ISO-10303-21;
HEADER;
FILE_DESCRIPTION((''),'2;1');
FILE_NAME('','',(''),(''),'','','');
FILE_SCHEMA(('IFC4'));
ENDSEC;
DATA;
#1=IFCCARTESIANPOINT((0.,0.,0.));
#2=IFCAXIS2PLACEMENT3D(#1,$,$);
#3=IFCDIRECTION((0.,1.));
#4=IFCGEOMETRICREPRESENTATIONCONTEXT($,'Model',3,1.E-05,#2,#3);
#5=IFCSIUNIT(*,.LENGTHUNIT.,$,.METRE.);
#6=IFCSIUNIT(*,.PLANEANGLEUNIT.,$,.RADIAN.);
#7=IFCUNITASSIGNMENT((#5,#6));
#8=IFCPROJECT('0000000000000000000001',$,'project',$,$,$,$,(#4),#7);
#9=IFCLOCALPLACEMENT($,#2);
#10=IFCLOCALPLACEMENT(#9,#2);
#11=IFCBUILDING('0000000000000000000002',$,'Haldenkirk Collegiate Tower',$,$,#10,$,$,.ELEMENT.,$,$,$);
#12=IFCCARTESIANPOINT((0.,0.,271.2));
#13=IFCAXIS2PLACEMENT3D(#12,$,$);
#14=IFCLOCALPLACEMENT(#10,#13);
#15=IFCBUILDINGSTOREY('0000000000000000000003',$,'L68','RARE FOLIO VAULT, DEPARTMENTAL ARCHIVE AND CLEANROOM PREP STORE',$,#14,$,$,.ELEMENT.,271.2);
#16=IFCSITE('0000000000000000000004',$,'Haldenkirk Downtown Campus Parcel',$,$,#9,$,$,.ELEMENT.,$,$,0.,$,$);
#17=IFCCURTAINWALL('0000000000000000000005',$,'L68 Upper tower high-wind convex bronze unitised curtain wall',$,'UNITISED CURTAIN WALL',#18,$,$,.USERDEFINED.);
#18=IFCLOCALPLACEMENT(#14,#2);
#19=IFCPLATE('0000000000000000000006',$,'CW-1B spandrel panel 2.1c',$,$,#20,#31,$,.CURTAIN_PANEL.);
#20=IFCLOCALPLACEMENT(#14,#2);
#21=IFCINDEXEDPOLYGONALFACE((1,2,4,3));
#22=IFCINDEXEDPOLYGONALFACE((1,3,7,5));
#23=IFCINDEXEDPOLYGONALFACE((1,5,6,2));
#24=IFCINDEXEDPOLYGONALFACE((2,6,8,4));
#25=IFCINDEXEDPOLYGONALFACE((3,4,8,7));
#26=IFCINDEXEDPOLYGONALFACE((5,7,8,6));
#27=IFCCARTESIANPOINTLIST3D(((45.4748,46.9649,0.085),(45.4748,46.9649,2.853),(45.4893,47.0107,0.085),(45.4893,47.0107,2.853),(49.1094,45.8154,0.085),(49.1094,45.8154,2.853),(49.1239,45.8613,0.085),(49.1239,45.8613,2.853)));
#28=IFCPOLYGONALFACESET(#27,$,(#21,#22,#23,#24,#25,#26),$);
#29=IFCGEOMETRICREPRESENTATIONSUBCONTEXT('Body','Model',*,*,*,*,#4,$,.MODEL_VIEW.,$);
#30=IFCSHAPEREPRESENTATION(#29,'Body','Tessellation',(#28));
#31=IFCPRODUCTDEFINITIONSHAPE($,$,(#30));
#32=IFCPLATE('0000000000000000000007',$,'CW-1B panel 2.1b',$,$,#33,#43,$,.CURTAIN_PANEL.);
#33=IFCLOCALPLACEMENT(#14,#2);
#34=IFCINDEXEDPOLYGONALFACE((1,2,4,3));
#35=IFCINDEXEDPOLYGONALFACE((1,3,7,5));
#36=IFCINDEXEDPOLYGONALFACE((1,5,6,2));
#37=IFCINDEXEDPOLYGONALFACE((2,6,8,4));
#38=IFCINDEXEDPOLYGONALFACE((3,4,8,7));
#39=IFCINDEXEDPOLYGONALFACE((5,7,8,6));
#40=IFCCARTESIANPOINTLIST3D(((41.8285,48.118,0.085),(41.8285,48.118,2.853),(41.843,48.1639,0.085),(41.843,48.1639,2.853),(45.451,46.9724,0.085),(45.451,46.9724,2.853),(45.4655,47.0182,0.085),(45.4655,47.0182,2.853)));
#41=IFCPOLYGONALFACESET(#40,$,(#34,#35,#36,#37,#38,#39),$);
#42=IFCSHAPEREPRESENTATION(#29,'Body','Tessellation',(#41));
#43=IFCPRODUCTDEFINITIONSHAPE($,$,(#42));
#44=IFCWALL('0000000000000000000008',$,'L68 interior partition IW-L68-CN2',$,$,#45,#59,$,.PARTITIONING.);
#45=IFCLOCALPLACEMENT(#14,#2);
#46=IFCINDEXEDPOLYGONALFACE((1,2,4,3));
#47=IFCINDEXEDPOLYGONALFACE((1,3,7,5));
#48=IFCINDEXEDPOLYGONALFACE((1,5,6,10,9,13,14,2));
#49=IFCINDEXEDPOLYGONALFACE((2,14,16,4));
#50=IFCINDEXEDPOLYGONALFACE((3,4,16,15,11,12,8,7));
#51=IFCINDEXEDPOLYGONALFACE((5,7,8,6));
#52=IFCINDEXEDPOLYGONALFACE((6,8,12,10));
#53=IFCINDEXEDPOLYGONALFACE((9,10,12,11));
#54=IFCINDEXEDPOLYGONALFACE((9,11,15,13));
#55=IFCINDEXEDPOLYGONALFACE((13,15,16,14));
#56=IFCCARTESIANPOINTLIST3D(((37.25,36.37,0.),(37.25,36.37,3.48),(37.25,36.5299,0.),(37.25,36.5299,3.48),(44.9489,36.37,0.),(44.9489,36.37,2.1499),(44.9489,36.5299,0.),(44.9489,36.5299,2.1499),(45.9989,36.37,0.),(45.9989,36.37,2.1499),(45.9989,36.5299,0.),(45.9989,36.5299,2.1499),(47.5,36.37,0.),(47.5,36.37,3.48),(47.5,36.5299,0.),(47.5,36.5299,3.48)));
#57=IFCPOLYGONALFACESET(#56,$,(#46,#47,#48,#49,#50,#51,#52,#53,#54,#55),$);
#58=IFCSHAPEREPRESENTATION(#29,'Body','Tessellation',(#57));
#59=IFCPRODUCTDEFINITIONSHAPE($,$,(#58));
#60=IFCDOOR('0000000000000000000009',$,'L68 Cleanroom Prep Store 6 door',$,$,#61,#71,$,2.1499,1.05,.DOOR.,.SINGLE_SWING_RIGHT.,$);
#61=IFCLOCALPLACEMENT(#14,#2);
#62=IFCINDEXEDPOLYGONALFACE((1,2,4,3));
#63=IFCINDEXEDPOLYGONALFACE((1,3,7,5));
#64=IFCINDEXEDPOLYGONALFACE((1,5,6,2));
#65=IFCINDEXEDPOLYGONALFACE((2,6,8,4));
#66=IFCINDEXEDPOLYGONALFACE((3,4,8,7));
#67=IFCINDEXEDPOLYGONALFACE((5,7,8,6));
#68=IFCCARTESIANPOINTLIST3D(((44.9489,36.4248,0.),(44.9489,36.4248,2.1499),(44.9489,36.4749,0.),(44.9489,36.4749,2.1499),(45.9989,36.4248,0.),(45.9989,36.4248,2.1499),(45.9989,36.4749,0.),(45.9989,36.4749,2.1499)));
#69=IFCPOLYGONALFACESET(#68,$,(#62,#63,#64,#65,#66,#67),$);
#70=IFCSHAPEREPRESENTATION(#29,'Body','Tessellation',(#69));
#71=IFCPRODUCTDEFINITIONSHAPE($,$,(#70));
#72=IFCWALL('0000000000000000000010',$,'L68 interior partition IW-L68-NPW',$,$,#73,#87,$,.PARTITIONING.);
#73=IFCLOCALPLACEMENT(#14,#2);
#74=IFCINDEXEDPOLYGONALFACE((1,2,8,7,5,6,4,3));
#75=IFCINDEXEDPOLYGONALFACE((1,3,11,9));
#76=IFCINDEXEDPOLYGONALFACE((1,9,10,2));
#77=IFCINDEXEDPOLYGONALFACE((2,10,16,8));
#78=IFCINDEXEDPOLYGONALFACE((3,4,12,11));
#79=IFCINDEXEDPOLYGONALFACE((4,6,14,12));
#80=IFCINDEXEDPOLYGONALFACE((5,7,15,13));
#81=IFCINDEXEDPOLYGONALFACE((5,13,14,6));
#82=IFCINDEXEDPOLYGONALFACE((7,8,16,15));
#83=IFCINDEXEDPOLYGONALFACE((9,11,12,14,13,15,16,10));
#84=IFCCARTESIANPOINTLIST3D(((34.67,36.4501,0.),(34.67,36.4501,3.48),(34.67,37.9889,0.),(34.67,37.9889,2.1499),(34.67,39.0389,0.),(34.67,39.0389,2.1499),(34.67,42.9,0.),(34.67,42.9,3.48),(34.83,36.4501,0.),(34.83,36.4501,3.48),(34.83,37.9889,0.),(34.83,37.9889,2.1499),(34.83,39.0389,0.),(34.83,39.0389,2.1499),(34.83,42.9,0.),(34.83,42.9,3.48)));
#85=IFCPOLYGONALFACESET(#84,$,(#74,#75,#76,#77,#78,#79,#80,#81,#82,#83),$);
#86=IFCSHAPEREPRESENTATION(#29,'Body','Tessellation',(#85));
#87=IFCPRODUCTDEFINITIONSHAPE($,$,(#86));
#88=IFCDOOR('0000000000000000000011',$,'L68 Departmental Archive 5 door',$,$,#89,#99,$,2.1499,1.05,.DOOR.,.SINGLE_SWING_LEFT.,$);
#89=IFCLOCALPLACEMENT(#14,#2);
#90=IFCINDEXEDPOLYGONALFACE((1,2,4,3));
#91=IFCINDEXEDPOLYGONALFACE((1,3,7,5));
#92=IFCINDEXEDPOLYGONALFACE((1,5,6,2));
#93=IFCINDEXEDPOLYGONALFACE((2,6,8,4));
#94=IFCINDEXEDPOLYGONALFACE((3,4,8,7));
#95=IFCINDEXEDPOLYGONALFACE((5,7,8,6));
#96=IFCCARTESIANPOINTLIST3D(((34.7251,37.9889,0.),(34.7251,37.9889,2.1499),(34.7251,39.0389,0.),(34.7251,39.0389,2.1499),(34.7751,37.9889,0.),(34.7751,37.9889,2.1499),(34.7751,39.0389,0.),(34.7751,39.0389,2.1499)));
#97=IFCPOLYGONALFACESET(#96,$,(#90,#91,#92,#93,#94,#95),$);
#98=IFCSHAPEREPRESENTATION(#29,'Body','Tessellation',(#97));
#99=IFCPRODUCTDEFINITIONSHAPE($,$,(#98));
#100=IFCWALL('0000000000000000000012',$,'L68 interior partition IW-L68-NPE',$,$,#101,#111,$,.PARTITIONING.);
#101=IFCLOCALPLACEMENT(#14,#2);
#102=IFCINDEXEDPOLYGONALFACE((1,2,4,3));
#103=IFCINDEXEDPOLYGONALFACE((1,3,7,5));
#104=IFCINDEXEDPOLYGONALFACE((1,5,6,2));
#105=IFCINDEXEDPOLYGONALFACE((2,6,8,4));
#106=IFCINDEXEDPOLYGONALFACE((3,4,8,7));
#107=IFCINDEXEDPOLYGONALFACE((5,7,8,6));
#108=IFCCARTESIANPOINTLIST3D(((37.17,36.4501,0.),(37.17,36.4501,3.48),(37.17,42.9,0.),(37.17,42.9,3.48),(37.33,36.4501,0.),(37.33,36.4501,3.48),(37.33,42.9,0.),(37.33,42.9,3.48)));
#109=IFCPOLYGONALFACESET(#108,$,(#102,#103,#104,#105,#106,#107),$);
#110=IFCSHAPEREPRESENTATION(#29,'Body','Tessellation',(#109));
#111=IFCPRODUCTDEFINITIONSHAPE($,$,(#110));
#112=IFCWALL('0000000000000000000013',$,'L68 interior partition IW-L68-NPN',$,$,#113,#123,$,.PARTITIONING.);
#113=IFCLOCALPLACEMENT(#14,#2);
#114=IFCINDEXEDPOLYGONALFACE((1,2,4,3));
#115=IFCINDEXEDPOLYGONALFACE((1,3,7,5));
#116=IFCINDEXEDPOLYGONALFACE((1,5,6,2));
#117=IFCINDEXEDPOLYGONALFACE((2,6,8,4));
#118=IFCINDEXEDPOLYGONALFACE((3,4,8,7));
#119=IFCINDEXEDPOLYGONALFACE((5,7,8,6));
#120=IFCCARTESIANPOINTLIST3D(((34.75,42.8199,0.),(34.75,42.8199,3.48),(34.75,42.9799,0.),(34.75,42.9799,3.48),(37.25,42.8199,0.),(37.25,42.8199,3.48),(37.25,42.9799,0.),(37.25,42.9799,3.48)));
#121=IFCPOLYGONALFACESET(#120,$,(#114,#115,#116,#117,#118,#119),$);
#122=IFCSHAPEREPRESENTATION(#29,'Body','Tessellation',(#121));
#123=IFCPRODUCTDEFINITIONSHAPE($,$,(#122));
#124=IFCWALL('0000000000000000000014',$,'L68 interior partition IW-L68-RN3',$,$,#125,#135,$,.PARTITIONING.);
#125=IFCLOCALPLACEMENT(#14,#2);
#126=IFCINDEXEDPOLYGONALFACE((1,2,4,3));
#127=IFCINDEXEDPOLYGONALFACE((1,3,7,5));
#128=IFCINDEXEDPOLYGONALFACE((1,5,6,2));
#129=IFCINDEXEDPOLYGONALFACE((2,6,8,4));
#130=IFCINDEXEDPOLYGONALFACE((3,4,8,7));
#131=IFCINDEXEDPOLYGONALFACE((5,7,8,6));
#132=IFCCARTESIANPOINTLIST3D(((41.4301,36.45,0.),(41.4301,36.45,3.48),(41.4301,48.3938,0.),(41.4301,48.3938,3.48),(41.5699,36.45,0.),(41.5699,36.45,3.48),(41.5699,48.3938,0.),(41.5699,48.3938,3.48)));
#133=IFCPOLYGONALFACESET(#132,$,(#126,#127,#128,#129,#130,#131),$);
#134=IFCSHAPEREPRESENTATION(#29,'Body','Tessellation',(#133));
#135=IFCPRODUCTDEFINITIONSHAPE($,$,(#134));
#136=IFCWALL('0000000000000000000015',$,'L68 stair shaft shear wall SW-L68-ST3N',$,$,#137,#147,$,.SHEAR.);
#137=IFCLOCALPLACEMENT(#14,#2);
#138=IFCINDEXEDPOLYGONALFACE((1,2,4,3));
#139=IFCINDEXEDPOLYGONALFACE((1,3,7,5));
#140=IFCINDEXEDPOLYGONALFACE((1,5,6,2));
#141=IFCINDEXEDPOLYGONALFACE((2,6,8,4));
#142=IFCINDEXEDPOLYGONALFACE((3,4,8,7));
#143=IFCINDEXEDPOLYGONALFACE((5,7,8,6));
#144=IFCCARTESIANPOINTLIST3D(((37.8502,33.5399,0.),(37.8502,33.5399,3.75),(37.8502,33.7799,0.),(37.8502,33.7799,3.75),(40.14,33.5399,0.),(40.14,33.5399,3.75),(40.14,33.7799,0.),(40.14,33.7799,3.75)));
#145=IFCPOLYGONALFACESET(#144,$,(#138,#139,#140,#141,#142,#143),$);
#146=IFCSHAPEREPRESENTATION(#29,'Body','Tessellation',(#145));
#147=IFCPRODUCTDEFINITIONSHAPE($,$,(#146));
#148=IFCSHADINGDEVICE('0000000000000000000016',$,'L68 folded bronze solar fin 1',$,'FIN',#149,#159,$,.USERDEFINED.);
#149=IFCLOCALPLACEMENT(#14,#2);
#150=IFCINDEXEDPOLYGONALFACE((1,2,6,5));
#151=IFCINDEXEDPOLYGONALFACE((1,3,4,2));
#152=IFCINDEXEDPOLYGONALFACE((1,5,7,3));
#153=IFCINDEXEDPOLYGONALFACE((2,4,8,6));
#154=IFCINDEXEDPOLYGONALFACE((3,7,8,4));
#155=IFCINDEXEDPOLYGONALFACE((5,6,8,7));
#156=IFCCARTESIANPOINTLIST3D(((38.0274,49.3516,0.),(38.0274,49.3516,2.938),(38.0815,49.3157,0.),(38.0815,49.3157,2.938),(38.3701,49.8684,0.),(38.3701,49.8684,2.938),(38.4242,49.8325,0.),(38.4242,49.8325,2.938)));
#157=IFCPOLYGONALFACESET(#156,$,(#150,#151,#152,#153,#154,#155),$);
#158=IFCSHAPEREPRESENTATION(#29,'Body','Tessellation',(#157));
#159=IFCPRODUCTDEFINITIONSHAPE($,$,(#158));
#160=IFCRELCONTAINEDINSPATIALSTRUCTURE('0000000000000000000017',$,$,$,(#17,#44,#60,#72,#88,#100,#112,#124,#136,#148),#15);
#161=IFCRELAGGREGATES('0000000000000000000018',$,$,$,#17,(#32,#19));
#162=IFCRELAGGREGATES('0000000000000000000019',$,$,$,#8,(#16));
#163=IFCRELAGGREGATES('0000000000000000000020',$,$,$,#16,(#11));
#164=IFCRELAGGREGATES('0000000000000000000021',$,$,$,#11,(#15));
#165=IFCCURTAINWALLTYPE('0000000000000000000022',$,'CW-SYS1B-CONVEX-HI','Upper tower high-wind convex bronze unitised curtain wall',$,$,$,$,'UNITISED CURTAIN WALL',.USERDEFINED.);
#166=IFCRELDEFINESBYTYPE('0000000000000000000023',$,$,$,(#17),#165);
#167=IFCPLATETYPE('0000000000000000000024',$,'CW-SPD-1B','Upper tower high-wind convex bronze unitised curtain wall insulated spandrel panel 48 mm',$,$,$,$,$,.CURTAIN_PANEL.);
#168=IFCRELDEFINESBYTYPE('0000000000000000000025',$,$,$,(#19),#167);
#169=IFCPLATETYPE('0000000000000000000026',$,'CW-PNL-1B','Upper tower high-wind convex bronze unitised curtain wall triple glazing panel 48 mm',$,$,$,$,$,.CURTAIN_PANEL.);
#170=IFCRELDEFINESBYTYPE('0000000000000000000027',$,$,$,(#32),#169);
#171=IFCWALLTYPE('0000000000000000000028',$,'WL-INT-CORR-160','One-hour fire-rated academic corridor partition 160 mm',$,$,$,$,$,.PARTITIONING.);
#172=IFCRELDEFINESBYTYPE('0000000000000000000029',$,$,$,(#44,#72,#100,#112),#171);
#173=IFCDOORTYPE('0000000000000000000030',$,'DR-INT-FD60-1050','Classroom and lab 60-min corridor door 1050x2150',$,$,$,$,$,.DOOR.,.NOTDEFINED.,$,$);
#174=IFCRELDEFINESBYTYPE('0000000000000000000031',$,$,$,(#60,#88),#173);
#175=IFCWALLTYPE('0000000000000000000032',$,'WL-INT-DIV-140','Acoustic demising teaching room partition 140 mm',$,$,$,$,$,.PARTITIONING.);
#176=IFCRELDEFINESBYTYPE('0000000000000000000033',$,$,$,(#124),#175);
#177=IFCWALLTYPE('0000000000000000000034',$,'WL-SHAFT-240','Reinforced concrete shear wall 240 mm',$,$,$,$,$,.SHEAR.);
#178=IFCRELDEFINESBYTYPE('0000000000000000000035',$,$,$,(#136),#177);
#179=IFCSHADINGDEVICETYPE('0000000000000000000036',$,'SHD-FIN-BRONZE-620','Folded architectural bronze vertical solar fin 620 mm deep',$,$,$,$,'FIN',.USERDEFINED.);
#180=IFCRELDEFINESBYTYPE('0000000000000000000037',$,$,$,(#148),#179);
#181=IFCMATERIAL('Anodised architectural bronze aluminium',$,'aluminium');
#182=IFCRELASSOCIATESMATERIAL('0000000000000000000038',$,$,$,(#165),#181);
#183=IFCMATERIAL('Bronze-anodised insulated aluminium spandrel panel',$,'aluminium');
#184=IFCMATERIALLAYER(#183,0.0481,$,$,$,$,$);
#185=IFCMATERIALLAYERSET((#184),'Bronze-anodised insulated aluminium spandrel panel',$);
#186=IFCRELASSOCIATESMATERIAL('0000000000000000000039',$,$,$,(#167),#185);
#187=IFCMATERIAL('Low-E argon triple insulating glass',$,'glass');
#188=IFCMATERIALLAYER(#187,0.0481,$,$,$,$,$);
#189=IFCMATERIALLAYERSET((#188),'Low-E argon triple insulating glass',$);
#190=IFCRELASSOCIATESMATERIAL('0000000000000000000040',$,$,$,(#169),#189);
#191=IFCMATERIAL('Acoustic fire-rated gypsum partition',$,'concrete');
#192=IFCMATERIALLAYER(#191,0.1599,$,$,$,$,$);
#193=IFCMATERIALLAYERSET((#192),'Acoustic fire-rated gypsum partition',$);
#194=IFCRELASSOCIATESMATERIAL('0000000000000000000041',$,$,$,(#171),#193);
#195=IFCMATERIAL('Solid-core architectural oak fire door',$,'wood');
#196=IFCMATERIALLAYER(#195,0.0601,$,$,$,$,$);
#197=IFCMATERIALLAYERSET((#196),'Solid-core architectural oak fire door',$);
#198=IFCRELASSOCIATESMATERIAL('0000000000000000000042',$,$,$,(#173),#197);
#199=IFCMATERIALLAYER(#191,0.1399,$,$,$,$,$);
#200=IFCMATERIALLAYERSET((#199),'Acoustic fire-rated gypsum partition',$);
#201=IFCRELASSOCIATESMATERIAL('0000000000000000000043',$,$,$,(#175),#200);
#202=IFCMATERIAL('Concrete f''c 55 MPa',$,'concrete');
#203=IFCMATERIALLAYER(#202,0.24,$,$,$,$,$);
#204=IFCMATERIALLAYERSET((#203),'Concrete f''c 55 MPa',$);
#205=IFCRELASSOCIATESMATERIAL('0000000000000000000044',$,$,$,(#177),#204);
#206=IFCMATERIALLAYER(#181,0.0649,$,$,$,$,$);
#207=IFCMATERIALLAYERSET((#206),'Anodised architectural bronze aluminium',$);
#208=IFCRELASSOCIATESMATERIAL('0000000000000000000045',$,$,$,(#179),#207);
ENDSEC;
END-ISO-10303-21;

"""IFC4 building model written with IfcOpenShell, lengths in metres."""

from ifc_helpers import new_model, si_unit, direction, frame, frame_2d, origin, origin_2d, place, context, subcontext, project, spatial, rectangle, extrude, source, transform, mapped, material, layer, layer_set, type_object, element, fill, aggregate, save


model = new_model("IFC4")

# Units and contexts
model_context = context("Model", 3, precision=1e-05, world=origin(), true_north=direction((0.0, 1.0)))
body_context = subcontext(model_context, "Body", "Model", "MODEL_VIEW")
ifc_project = project(units=[si_unit("LENGTHUNIT", "METRE"), si_unit("PLANEANGLEUNIT", "RADIAN")], contexts=[model_context])

# Site, building, storey
site_placement = place(None, origin())
site = spatial("IfcSite", under=ifc_project, at=site_placement, Name="Haldenkirk Downtown Campus Parcel", CompositionType="ELEMENT", RefElevation=0.0)
building_placement = place(site_placement, origin())
building = spatial("IfcBuilding", under=site, at=building_placement, Name="Haldenkirk Collegiate Tower", CompositionType="ELEMENT")
storey_placement = place(building_placement, frame((0.0, 0.0, 271.2)))
storey = spatial("IfcBuildingStorey", under=building, at=storey_placement, Name="L68", Description="RARE FOLIO VAULT, DEPARTMENTAL ARCHIVE AND CLEANROOM PREP STORE", CompositionType="ELEMENT", Elevation=271.2)

# Curtain wall, plates
ifc_material_1 = material(Name="Anodised architectural bronze aluminium", Category="aluminium")
curtain_wall_type = type_object("IfcCurtainWallType", Name="CW-SYS1B-CONVEX-HI", Description="Upper tower high-wind convex bronze unitised curtain wall", ElementType="UNITISED CURTAIN WALL", PredefinedType="USERDEFINED", material=ifc_material_1)
curtain_wall_placement = place(storey_placement, origin())
curtain_wall = element("IfcCurtainWall", 1, at=curtain_wall_placement, inside=storey, type_object=curtain_wall_type, Name="L68 Upper tower high-wind convex bronze unitised curtain wall", ObjectType="UNITISED CURTAIN WALL", PredefinedType="USERDEFINED")
ifc_material_2 = material(Name="Bronze-anodised insulated aluminium spandrel panel", Category="aluminium")
ifc_layer_1 = layer(ifc_material_2, 0.0481)
ifc_layer_set_1 = layer_set([ifc_layer_1], Name="Bronze-anodised insulated aluminium spandrel panel")
plate_type_1 = type_object("IfcPlateType", Name="CW-SPD-1B", Description="Upper tower high-wind convex bronze unitised curtain wall insulated spandrel panel 48 mm", PredefinedType="CURTAIN_PANEL", material=ifc_layer_set_1)
shared_shape_1 = source(origin(), body_context, "Body", "SweptSolid", [
    extrude(rectangle(XDim=3.812, YDim=0.0481, at=origin_2d()), origin(), (0.0, 0.0, 1.0), 2.7681),
])
plate_1_placement = place(storey_placement, frame((47.2993, 46.4131, 0.085), z_axis=(0.0, 0.0, 1.0), x_axis=(0.953454, -0.301537, 0.0)))
plate_1 = element("IfcPlate", 2, at=plate_1_placement, type_object=plate_type_1, Name="CW-1B spandrel panel 2.1c", PredefinedType="CURTAIN_PANEL", context=body_context, shape_type="MappedRepresentation", body=[
    mapped(shared_shape_1, transform((0.0, 0.0, 0.0), x_axis=(1.0, 0.0, 0.0), y_axis=(0.0, 1.0, 0.0), z_axis=(0.0, 0.0, 1.0), scale=1.0)),
])
ifc_material_3 = material(Name="Low-E argon triple insulating glass", Category="glass")
ifc_layer_2 = layer(ifc_material_3, 0.0481)
ifc_layer_set_2 = layer_set([ifc_layer_2], Name="Low-E argon triple insulating glass")
plate_type_2 = type_object("IfcPlateType", Name="CW-PNL-1B", Description="Upper tower high-wind convex bronze unitised curtain wall triple glazing panel 48 mm", PredefinedType="CURTAIN_PANEL", material=ifc_layer_set_2)
shared_shape_2 = source(origin(), body_context, "Body", "SweptSolid", [
    extrude(rectangle(XDim=3.7993, YDim=0.0481, at=origin_2d()), origin(), (0.0, 0.0, 1.0), 2.7681),
])
plate_2_placement = place(storey_placement, frame((43.647, 47.5681, 0.085), z_axis=(0.0, 0.0, 1.0), x_axis=(0.953454, -0.301537, 0.0)))
plate_2 = element("IfcPlate", 3, at=plate_2_placement, type_object=plate_type_2, Name="CW-1B panel 2.1b", PredefinedType="CURTAIN_PANEL", context=body_context, shape_type="MappedRepresentation", body=[
    mapped(shared_shape_2, transform((0.0, 0.0, 0.0), x_axis=(1.0, 0.0, 0.0), y_axis=(0.0, 1.0, 0.0), z_axis=(0.0, 0.0, 1.0), scale=1.0)),
])
aggregate(curtain_wall, [plate_2, plate_1])

# Walls, openings, doors
ifc_material_4 = material(Name="Acoustic fire-rated gypsum partition", Category="concrete")
ifc_layer_3 = layer(ifc_material_4, 0.1599)
ifc_layer_set_3 = layer_set([ifc_layer_3], Name="Acoustic fire-rated gypsum partition")
wall_type_1 = type_object("IfcWallType", Name="WL-INT-CORR-160", Description="One-hour fire-rated academic corridor partition 160 mm", PredefinedType="PARTITIONING", material=ifc_layer_set_3)
wall_1_placement = place(storey_placement, frame((37.25, 36.45, 0.0), z_axis=(0.0, 0.0, 1.0), x_axis=(1.0, 0.0, 0.0)))
wall_1 = element("IfcWall", 4, at=wall_1_placement, inside=storey, type_object=wall_type_1, Name="L68 interior partition IW-L68-CN2", PredefinedType="PARTITIONING", context=body_context, shape_type="SweptSolid", body=[
    extrude(rectangle(XDim=10.25, YDim=0.1599, at=frame_2d((5.125, 0.0))), origin(), (0.0, 0.0, 1.0), 3.48),
])
opening_1_placement = place(wall_1_placement, frame((7.699, 0.0, 0.0)))
opening_1 = element("IfcOpeningElement", 5, at=opening_1_placement, cuts=wall_1, PredefinedType="OPENING", context=body_context, shape_type="SweptSolid", body=[
    extrude(rectangle(XDim=1.05, YDim=2.1499, at=frame_2d((0.5249, 1.075))), frame((0.0, 0.0898, 0.0), z_axis=(0.0, -1.0, 0.0), x_axis=(1.0, 0.0, 0.0)), (0.0, 0.0, 1.0), 0.1799),
])
ifc_material_5 = material(Name="Solid-core architectural oak fire door", Category="wood")
ifc_layer_4 = layer(ifc_material_5, 0.0601)
ifc_layer_set_4 = layer_set([ifc_layer_4], Name="Solid-core architectural oak fire door")
door_type = type_object("IfcDoorType", Name="DR-INT-FD60-1050", Description="Classroom and lab 60-min corridor door 1050x2150", OperationType="NOTDEFINED", PredefinedType="DOOR", material=ifc_layer_set_4)
door_1_placement = place(opening_1_placement, origin())
door_1 = element("IfcDoor", 6, at=door_1_placement, inside=storey, type_object=door_type, Name="L68 Cleanroom Prep Store 6 door", OperationType="SINGLE_SWING_RIGHT", OverallHeight=2.1499, OverallWidth=1.05, PredefinedType="DOOR", context=body_context, shape_type="SweptSolid", body=[
    extrude(rectangle(XDim=1.05, YDim=2.1499, at=frame_2d((0.5249, 1.075))), frame((0.0, 0.0249, 0.0), z_axis=(0.0, -1.0, 0.0), x_axis=(1.0, 0.0, 0.0)), (0.0, 0.0, 1.0), 0.05),
])
fill(opening_1, door_1)
wall_2_placement = place(storey_placement, frame((34.75, 36.45, 0.0), z_axis=(0.0, 0.0, 1.0), x_axis=(0.0, 1.0, 0.0)))
wall_2 = element("IfcWall", 7, at=wall_2_placement, inside=storey, type_object=wall_type_1, Name="L68 interior partition IW-L68-NPW", PredefinedType="PARTITIONING", context=body_context, shape_type="SweptSolid", body=[
    extrude(rectangle(XDim=6.45, YDim=0.1599, at=frame_2d((3.2251, 0.0))), origin(), (0.0, 0.0, 1.0), 3.48),
])
opening_2_placement = place(wall_2_placement, frame((1.5391, 0.0, 0.0)))
opening_2 = element("IfcOpeningElement", 8, at=opening_2_placement, cuts=wall_2, PredefinedType="OPENING", context=body_context, shape_type="SweptSolid", body=[
    extrude(rectangle(XDim=1.05, YDim=2.1499, at=frame_2d((0.5249, 1.075))), frame((0.0, 0.0898, 0.0), z_axis=(0.0, -1.0, 0.0), x_axis=(1.0, 0.0, 0.0)), (0.0, 0.0, 1.0), 0.1799),
])
door_2_placement = place(opening_2_placement, origin())
door_2 = element("IfcDoor", 9, at=door_2_placement, inside=storey, type_object=door_type, Name="L68 Departmental Archive 5 door", OperationType="SINGLE_SWING_LEFT", OverallHeight=2.1499, OverallWidth=1.05, PredefinedType="DOOR", context=body_context, shape_type="SweptSolid", body=[
    extrude(rectangle(XDim=1.05, YDim=2.1499, at=frame_2d((0.5249, 1.075))), frame((0.0, 0.0249, 0.0), z_axis=(0.0, -1.0, 0.0), x_axis=(1.0, 0.0, 0.0)), (0.0, 0.0, 1.0), 0.05),
])
fill(opening_2, door_2)

# Walls
wall_3_placement = place(storey_placement, frame((37.25, 36.45, 0.0), z_axis=(0.0, 0.0, 1.0), x_axis=(0.0, 1.0, 0.0)))
element("IfcWall", 10, at=wall_3_placement, inside=storey, type_object=wall_type_1, Name="L68 interior partition IW-L68-NPE", PredefinedType="PARTITIONING", context=body_context, shape_type="SweptSolid", body=[
    extrude(rectangle(XDim=6.45, YDim=0.1599, at=frame_2d((3.2251, 0.0))), origin(), (0.0, 0.0, 1.0), 3.48),
])
wall_4_placement = place(storey_placement, frame((34.75, 42.8999, 0.0), z_axis=(0.0, 0.0, 1.0), x_axis=(1.0, 0.0, 0.0)))
element("IfcWall", 11, at=wall_4_placement, inside=storey, type_object=wall_type_1, Name="L68 interior partition IW-L68-NPN", PredefinedType="PARTITIONING", context=body_context, shape_type="SweptSolid", body=[
    extrude(rectangle(XDim=2.5, YDim=0.1599, at=frame_2d((1.25, 0.0))), origin(), (0.0, 0.0, 1.0), 3.48),
])
ifc_layer_5 = layer(ifc_material_4, 0.1399)
ifc_layer_set_5 = layer_set([ifc_layer_5], Name="Acoustic fire-rated gypsum partition")
wall_type_2 = type_object("IfcWallType", Name="WL-INT-DIV-140", Description="Acoustic demising teaching room partition 140 mm", PredefinedType="PARTITIONING", material=ifc_layer_set_5)
wall_5_placement = place(storey_placement, frame((41.5, 36.45, 0.0), z_axis=(0.0, 0.0, 1.0), x_axis=(0.0, 1.0, 0.0)))
element("IfcWall", 12, at=wall_5_placement, inside=storey, type_object=wall_type_2, Name="L68 interior partition IW-L68-RN3", PredefinedType="PARTITIONING", context=body_context, shape_type="SweptSolid", body=[
    extrude(rectangle(XDim=11.9438, YDim=0.1399, at=frame_2d((5.9719, 0.0))), origin(), (0.0, 0.0, 1.0), 3.48),
])
ifc_material_6 = material(Name="Concrete f'c 55 MPa", Category="concrete")
ifc_layer_6 = layer(ifc_material_6, 0.24)
ifc_layer_set_6 = layer_set([ifc_layer_6], Name="Concrete f'c 55 MPa")
wall_type_3 = type_object("IfcWallType", Name="WL-SHAFT-240", Description="Reinforced concrete shear wall 240 mm", PredefinedType="SHEAR", material=ifc_layer_set_6)
wall_6_placement = place(storey_placement, frame((37.8501, 33.6599, 0.0), z_axis=(0.0, 0.0, 1.0), x_axis=(1.0, 0.0, 0.0)))
element("IfcWall", 13, at=wall_6_placement, inside=storey, type_object=wall_type_3, Name="L68 stair shaft shear wall SW-L68-ST3N", PredefinedType="SHEAR", context=body_context, shape_type="SweptSolid", body=[
    extrude(rectangle(XDim=2.2898, YDim=0.24, at=frame_2d((1.145, 0.0))), origin(), (0.0, 0.0, 1.0), 3.75),
])

# Shading device
ifc_layer_7 = layer(ifc_material_1, 0.0649)
ifc_layer_set_7 = layer_set([ifc_layer_7], Name="Anodised architectural bronze aluminium")
shading_device_type = type_object("IfcShadingDeviceType", Name="SHD-FIN-BRONZE-620", Description="Folded architectural bronze vertical solar fin 620 mm deep", ElementType="FIN", PredefinedType="USERDEFINED", material=ifc_layer_set_7)
shared_shape_3 = source(origin(), body_context, "Body", "SweptSolid", [
    extrude(rectangle(XDim=0.6201, YDim=0.0649, at=origin_2d()), origin(), (0.0, 0.0, 1.0), 2.938),
])
shading_device_placement = place(storey_placement, frame((38.2258, 49.592, 0.0), z_axis=(0.0, 0.0, 1.0), x_axis=(0.552664, 0.833404, 0.0)))
element("IfcShadingDevice", 14, at=shading_device_placement, inside=storey, type_object=shading_device_type, Name="L68 folded bronze solar fin 1", ObjectType="FIN", PredefinedType="USERDEFINED", context=body_context, shape_type="MappedRepresentation", body=[
    mapped(shared_shape_3, transform((0.0, 0.0, 0.0), x_axis=(1.0, 0.0, 0.0), y_axis=(0.0, 1.0, 0.0), z_axis=(0.0, 0.0, 1.0), scale=1.0)),
])

save(model, "model.ifc")
